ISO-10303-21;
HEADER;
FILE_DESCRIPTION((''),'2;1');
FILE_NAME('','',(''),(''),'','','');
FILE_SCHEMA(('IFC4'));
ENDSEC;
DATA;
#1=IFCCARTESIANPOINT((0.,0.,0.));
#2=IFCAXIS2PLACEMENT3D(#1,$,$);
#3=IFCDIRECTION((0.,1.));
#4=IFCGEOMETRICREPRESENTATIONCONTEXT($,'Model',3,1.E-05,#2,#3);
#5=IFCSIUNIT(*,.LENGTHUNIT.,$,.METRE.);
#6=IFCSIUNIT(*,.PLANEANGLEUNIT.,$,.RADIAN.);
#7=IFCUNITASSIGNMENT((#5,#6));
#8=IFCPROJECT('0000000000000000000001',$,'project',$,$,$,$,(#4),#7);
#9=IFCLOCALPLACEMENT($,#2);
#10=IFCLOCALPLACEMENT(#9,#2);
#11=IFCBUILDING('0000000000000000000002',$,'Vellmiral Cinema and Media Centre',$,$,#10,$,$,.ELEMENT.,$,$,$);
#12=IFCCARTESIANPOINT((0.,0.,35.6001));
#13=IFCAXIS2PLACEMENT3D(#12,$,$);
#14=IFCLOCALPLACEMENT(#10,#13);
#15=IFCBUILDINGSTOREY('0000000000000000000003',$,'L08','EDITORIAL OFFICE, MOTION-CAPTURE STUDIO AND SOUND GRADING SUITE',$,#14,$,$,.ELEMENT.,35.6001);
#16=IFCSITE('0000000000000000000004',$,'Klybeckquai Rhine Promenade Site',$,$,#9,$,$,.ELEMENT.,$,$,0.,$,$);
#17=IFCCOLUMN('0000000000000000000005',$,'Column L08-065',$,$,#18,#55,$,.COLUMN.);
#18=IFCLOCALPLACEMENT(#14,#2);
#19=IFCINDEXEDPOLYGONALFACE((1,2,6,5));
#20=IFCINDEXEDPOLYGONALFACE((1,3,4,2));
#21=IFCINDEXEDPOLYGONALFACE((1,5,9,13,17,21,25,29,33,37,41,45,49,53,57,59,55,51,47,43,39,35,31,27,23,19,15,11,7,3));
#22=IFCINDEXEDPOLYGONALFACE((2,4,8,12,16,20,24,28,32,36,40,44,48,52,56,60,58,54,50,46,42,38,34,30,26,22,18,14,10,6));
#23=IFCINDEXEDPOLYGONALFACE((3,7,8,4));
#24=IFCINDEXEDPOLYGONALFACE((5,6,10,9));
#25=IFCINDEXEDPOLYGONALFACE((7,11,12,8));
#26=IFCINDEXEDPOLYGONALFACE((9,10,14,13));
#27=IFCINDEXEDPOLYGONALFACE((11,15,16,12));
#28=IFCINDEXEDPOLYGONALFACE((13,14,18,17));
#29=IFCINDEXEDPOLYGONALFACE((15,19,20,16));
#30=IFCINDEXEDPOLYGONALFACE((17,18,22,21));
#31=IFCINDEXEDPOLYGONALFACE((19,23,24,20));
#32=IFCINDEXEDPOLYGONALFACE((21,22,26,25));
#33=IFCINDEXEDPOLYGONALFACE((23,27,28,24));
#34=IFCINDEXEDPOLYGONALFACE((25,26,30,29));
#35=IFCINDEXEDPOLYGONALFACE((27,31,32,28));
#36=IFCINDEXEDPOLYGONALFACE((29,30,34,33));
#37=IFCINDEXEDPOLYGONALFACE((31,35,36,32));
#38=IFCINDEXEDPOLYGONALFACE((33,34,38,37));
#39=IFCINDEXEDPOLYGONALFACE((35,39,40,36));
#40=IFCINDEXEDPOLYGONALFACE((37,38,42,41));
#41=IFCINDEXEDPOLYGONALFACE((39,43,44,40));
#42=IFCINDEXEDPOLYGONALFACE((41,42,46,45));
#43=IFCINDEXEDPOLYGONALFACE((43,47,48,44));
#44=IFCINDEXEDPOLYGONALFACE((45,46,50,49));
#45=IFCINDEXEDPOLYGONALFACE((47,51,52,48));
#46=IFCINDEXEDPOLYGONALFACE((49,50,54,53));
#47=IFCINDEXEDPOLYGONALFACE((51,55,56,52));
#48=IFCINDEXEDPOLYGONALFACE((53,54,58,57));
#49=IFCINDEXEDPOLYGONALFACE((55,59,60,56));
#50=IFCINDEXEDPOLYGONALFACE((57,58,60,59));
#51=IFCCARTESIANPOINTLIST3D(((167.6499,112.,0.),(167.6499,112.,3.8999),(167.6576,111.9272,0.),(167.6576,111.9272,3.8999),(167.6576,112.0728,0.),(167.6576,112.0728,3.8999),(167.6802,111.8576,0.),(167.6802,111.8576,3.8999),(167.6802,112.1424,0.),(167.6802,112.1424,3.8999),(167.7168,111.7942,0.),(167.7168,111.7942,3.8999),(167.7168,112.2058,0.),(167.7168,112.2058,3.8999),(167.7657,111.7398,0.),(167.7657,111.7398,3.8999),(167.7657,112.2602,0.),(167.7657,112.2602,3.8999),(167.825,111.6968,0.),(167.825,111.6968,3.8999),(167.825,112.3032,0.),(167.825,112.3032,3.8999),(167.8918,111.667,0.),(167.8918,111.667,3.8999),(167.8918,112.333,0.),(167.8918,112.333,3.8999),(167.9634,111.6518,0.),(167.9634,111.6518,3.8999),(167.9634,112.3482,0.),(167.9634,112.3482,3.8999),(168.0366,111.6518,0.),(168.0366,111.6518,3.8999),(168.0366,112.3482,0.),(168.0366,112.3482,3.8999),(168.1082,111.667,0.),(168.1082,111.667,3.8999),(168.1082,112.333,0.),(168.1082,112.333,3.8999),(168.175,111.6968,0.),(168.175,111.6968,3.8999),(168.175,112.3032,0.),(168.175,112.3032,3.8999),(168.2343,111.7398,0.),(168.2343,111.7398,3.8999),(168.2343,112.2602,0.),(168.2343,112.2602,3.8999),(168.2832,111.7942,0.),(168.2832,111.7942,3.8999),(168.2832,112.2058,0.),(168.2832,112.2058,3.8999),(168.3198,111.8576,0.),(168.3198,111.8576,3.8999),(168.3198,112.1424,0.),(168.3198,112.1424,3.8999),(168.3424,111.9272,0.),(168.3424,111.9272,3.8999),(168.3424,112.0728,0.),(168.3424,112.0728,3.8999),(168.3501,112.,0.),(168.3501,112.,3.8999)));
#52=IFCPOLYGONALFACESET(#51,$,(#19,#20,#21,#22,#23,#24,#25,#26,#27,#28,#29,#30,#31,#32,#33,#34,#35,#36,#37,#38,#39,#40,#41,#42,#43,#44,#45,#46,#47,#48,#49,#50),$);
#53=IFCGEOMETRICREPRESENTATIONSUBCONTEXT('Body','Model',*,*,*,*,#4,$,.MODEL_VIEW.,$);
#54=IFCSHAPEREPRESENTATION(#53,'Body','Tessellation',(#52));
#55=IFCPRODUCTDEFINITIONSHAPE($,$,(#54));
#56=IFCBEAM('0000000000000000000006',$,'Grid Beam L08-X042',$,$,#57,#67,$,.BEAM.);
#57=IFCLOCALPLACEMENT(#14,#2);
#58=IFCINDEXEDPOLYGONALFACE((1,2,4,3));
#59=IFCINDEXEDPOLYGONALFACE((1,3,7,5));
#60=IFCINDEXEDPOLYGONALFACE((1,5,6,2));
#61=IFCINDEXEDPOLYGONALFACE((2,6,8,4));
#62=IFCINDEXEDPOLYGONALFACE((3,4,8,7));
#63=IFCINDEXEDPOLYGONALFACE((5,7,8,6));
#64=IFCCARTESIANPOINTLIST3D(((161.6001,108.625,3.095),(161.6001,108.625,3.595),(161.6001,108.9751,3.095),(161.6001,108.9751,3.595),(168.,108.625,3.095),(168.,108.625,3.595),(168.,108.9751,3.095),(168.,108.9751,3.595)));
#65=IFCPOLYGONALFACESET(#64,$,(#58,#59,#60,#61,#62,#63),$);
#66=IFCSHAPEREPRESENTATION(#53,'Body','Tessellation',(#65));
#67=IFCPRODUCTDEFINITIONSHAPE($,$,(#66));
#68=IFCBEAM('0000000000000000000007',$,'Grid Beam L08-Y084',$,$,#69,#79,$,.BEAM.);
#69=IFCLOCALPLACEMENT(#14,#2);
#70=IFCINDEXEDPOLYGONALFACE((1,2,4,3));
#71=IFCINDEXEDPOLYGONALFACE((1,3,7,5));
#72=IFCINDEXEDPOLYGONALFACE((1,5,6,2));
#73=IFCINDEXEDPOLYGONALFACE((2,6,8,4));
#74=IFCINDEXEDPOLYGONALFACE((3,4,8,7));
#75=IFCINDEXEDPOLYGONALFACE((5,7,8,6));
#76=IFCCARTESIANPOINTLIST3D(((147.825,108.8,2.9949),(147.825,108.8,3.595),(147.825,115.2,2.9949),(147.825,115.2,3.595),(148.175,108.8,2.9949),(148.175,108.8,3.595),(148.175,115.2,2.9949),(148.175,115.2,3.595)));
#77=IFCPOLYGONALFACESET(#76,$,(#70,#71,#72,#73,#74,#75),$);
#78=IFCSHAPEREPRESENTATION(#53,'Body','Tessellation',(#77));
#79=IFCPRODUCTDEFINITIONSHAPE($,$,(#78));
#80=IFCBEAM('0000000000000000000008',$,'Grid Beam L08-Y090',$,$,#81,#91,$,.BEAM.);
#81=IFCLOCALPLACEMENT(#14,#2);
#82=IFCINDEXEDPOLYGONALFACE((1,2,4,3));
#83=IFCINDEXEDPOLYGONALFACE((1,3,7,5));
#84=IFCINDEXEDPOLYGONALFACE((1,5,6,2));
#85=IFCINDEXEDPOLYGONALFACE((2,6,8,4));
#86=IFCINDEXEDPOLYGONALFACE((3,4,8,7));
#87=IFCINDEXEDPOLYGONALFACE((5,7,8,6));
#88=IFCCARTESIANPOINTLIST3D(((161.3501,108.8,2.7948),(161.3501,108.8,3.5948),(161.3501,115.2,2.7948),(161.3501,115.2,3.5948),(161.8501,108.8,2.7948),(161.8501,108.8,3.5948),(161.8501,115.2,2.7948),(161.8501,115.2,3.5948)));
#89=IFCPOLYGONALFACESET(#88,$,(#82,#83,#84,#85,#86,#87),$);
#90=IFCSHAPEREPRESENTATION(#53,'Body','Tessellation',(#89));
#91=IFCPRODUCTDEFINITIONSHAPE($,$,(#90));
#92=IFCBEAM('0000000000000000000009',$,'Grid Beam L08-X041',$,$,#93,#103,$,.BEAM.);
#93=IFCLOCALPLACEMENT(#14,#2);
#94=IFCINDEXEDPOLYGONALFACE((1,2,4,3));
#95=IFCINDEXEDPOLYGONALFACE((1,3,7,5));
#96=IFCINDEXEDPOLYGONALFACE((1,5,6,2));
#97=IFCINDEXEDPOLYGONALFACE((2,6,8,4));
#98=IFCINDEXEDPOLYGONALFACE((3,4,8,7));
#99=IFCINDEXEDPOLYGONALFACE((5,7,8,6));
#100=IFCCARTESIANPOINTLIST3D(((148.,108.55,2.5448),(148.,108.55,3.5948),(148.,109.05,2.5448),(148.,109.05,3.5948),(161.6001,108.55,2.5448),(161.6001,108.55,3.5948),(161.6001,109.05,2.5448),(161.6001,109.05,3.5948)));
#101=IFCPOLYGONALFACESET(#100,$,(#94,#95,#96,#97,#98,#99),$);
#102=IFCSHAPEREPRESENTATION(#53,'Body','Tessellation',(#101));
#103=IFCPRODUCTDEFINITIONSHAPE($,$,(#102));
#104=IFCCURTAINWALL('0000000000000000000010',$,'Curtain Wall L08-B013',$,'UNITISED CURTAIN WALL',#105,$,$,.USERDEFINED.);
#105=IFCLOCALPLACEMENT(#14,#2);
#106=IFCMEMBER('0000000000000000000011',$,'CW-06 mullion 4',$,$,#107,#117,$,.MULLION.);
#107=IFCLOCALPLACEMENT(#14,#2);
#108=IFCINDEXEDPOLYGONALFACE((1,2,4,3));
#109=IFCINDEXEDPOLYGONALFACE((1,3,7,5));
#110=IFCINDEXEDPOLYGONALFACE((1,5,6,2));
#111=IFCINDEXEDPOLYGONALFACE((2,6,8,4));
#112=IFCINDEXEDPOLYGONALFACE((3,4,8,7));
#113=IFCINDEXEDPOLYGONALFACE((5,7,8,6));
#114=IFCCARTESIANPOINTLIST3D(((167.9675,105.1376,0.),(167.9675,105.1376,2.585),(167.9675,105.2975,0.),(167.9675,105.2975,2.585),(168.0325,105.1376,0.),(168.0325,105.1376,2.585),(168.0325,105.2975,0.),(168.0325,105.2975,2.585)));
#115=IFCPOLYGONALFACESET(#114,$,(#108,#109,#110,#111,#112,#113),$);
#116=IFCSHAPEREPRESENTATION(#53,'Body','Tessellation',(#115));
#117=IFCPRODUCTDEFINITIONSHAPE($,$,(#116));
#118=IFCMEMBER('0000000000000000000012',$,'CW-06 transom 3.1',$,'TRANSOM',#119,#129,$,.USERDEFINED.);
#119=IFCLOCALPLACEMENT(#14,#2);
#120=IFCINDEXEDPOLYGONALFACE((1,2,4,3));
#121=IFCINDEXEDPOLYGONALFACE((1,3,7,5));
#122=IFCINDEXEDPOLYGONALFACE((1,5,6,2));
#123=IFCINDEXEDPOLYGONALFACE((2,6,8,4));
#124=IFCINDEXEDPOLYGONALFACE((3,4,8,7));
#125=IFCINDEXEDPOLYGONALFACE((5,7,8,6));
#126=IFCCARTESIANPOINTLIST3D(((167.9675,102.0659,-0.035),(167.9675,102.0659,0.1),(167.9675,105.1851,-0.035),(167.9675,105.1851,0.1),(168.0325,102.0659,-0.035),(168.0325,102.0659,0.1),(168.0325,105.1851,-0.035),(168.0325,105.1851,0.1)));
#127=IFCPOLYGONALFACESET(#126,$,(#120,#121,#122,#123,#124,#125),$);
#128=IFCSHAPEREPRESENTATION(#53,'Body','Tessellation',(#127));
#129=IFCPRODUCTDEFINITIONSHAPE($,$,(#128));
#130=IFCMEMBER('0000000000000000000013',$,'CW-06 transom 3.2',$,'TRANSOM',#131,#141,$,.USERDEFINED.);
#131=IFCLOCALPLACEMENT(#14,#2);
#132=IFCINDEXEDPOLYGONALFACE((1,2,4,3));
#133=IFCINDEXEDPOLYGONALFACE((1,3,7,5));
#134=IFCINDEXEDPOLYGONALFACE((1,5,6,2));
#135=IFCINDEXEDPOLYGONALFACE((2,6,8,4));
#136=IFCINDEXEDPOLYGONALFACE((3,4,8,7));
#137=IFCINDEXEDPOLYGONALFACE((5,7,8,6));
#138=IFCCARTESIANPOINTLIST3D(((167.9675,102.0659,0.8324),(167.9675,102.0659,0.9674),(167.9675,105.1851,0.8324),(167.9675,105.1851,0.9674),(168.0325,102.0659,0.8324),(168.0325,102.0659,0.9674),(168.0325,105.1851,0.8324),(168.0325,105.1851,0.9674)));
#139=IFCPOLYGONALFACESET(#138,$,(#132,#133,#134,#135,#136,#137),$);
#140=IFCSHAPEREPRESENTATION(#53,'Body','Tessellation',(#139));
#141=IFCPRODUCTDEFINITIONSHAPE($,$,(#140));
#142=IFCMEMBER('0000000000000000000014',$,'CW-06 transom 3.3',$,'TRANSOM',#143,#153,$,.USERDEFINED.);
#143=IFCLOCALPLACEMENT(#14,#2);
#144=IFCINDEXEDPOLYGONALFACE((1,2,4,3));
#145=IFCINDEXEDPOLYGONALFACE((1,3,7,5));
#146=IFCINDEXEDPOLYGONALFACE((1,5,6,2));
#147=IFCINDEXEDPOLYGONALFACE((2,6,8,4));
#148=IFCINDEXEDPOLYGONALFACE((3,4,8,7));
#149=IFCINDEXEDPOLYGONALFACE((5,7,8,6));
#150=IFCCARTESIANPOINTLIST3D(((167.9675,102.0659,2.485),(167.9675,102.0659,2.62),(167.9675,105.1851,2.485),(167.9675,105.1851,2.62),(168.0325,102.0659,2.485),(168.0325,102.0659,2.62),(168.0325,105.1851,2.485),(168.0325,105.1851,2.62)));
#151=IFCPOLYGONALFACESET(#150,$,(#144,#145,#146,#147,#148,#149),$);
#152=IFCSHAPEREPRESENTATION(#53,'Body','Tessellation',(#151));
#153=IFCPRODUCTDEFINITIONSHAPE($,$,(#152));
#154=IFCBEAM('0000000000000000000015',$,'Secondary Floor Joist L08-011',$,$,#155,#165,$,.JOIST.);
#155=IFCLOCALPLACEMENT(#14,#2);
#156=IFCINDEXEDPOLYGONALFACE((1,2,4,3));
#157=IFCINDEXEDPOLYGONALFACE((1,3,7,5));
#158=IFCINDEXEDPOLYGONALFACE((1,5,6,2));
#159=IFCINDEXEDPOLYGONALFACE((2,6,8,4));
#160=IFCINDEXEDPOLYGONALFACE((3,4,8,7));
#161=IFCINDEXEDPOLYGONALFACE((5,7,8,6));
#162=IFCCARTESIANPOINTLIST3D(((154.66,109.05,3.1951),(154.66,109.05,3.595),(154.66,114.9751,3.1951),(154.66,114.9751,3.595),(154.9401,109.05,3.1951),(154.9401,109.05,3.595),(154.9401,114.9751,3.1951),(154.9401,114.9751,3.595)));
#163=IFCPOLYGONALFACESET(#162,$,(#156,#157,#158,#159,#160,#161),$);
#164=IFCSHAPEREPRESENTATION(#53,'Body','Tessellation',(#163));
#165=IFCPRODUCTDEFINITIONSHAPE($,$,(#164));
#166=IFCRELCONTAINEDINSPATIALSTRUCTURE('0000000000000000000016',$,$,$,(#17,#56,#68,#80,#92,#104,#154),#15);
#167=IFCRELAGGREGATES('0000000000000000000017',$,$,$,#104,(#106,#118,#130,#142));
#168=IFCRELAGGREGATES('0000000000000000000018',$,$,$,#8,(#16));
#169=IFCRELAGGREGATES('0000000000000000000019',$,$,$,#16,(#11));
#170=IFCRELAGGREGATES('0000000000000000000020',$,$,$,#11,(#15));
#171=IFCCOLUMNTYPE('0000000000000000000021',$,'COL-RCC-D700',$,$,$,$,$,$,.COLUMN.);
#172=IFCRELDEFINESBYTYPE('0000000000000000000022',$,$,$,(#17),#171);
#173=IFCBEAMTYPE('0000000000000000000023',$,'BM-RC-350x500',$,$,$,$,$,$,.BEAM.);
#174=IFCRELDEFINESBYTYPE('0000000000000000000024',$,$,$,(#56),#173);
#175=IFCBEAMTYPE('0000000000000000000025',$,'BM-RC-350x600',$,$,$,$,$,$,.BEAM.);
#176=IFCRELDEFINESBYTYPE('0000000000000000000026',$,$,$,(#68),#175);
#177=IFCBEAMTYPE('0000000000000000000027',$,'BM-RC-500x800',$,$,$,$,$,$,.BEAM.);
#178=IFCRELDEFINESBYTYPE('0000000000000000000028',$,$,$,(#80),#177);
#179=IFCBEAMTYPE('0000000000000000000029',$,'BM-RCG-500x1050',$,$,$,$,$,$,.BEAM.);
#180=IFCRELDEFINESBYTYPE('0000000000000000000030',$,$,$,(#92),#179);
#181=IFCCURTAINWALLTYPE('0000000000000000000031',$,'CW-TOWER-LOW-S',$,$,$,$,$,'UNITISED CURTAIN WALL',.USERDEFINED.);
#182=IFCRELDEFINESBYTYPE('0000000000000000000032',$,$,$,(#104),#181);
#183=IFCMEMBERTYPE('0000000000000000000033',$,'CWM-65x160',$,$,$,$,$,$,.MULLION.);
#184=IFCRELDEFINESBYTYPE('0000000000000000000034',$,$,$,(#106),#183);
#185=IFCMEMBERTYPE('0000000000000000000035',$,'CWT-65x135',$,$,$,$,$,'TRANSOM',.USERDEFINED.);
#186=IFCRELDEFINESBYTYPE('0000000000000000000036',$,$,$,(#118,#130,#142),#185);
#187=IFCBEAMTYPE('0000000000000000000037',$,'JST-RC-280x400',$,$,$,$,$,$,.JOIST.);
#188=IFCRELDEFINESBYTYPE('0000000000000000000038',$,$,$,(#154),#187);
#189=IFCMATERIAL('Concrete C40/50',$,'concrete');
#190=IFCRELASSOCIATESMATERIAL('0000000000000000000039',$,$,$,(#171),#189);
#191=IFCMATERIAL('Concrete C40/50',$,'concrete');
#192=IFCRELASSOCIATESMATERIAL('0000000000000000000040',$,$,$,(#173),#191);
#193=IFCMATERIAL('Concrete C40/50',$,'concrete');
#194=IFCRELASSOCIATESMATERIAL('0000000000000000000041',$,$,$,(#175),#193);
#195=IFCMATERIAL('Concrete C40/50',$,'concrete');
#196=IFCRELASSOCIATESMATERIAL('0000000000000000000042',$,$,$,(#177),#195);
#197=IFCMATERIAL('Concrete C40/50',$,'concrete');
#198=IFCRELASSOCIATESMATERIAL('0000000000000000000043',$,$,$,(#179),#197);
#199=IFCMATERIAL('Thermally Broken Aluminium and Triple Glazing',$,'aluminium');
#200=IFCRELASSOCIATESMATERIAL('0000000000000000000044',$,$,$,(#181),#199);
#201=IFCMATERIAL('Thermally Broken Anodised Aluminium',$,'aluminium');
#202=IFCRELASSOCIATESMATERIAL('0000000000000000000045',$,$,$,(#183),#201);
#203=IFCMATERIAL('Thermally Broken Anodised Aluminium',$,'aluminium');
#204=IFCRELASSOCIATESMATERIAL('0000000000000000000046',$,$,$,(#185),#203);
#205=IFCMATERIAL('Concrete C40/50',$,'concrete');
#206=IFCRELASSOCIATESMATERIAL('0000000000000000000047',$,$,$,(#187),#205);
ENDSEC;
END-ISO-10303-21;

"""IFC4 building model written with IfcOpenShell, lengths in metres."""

from ifc_helpers import new_model, si_unit, direction, frame, origin, origin_2d, place, context, subcontext, project, spatial, rectangle, circle, extrude, material, material_profile, profile_set, type_object, element, aggregate, save


model = new_model("IFC4")

# Units and contexts
model_context = context("Model", 3, precision=1e-05, world=origin(), true_north=direction((0.0, 1.0)))
body_context = subcontext(model_context, "Body", "Model", "MODEL_VIEW")
ifc_project = project(units=[si_unit("LENGTHUNIT", "METRE"), si_unit("PLANEANGLEUNIT", "RADIAN")], contexts=[model_context])

# Site, building, storey
site_placement = place(None, origin())
site = spatial("IfcSite", under=ifc_project, at=site_placement, Name="Klybeckquai Rhine Promenade Site", CompositionType="ELEMENT", RefElevation=0.0)
building_placement = place(site_placement, origin())
building = spatial("IfcBuilding", under=site, at=building_placement, Name="Vellmiral Cinema and Media Centre", CompositionType="ELEMENT")
storey_placement = place(building_placement, frame((0.0, 0.0, 35.6001)))
storey = spatial("IfcBuildingStorey", under=building, at=storey_placement, Name="L08", Description="EDITORIAL OFFICE, MOTION-CAPTURE STUDIO AND SOUND GRADING SUITE", CompositionType="ELEMENT", Elevation=35.6001)

# Column
ifc_material_1 = material(Name="Concrete C40/50", Category="concrete")
ifc_material_profile_1 = material_profile(ifc_material_1, circle(Radius=0.3501, at=origin_2d()), Name="RC D700")
ifc_profile_set_1 = profile_set([ifc_material_profile_1], Name="Concrete C40/50")
column_type_1 = type_object("IfcColumnType", Name="COL-RCC-D700", PredefinedType="COLUMN", material=ifc_profile_set_1)
for number, where, z_axis, x_axis, name in (
    (1, (168.0, 112.0, 0.0), (0.0, 0.0, 1.0), (1.0, 0.0, 0.0), "Column L08-065"),
):
    element("IfcColumn", number, at=place(storey_placement, frame(where, z_axis=z_axis, x_axis=x_axis)), inside=storey, type_object=column_type_1, Name=name, PredefinedType="COLUMN", context=body_context, shape_type="SweptSolid", body=[
        extrude(circle(Radius=0.3501, at=origin_2d()), origin(), (0.0, 0.0, 1.0), 3.8999),
    ])

# Beams
ifc_material_2 = material(Name="Concrete C40/50", Category="concrete")
ifc_material_profile_2 = material_profile(ifc_material_2, rectangle(XDim=0.3501, YDim=0.5, at=origin_2d()), Name="RC 350x500")
ifc_profile_set_2 = profile_set([ifc_material_profile_2], Name="Concrete C40/50")
beam_type_1 = type_object("IfcBeamType", Name="BM-RC-350x500", PredefinedType="BEAM", material=ifc_profile_set_2)
beam_1_placement = place(storey_placement, frame((161.6001, 108.8, 3.345), z_axis=(1.0, 0.0, 0.0), x_axis=(0.0, 1.0, 0.0)))
element("IfcBeam", 2, at=beam_1_placement, inside=storey, type_object=beam_type_1, Name="Grid Beam L08-X042", PredefinedType="BEAM", context=body_context, shape_type="SweptSolid", body=[
    extrude(rectangle(XDim=0.3501, YDim=0.5, at=origin_2d()), origin(), (0.0, 0.0, 1.0), 6.3999),
])
ifc_material_3 = material(Name="Concrete C40/50", Category="concrete")
ifc_material_profile_3 = material_profile(ifc_material_3, rectangle(XDim=0.3501, YDim=0.6001, at=origin_2d()), Name="RC 350x600")
ifc_profile_set_3 = profile_set([ifc_material_profile_3], Name="Concrete C40/50")
beam_type_2 = type_object("IfcBeamType", Name="BM-RC-350x600", PredefinedType="BEAM", material=ifc_profile_set_3)
beam_2_placement = place(storey_placement, frame((148.0, 108.8, 3.2949), z_axis=(0.0, 1.0, 0.0), x_axis=(-1.0, 0.0, 0.0)))
element("IfcBeam", 3, at=beam_2_placement, inside=storey, type_object=beam_type_2, Name="Grid Beam L08-Y084", PredefinedType="BEAM", context=body_context, shape_type="SweptSolid", body=[
    extrude(rectangle(XDim=0.3501, YDim=0.6001, at=origin_2d()), origin(), (0.0, 0.0, 1.0), 6.3999),
])
ifc_material_4 = material(Name="Concrete C40/50", Category="concrete")
ifc_material_profile_4 = material_profile(ifc_material_4, rectangle(XDim=0.5, YDim=0.8, at=origin_2d()), Name="RC 500x800")
ifc_profile_set_4 = profile_set([ifc_material_profile_4], Name="Concrete C40/50")
beam_type_3 = type_object("IfcBeamType", Name="BM-RC-500x800", PredefinedType="BEAM", material=ifc_profile_set_4)
beam_3_placement = place(storey_placement, frame((161.6001, 108.8, 3.1948), z_axis=(0.0, 1.0, 0.0), x_axis=(-1.0, 0.0, 0.0)))
element("IfcBeam", 4, at=beam_3_placement, inside=storey, type_object=beam_type_3, Name="Grid Beam L08-Y090", PredefinedType="BEAM", context=body_context, shape_type="SweptSolid", body=[
    extrude(rectangle(XDim=0.5, YDim=0.8, at=origin_2d()), origin(), (0.0, 0.0, 1.0), 6.3999),
])
ifc_material_5 = material(Name="Concrete C40/50", Category="concrete")
ifc_material_profile_5 = material_profile(ifc_material_5, rectangle(XDim=0.5, YDim=1.05, at=origin_2d()), Name="RC 500x1050")
ifc_profile_set_5 = profile_set([ifc_material_profile_5], Name="Concrete C40/50")
beam_type_4 = type_object("IfcBeamType", Name="BM-RCG-500x1050", PredefinedType="BEAM", material=ifc_profile_set_5)
beam_4_placement = place(storey_placement, frame((148.0, 108.8, 3.0698), z_axis=(1.0, 0.0, 0.0), x_axis=(0.0, 1.0, 0.0)))
element("IfcBeam", 5, at=beam_4_placement, inside=storey, type_object=beam_type_4, Name="Grid Beam L08-X041", PredefinedType="BEAM", context=body_context, shape_type="SweptSolid", body=[
    extrude(rectangle(XDim=0.5, YDim=1.05, at=origin_2d()), origin(), (0.0, 0.0, 1.0), 13.6001),
])

# Curtain wall, members
ifc_material_6 = material(Name="Thermally Broken Aluminium and Triple Glazing", Category="aluminium")
curtain_wall_type = type_object("IfcCurtainWallType", Name="CW-TOWER-LOW-S", ElementType="UNITISED CURTAIN WALL", PredefinedType="USERDEFINED", material=ifc_material_6)
curtain_wall_placement = place(storey_placement, origin())
curtain_wall = element("IfcCurtainWall", 6, at=curtain_wall_placement, inside=storey, type_object=curtain_wall_type, Name="Curtain Wall L08-B013", ObjectType="UNITISED CURTAIN WALL", PredefinedType="USERDEFINED")
ifc_material_7 = material(Name="Thermally Broken Anodised Aluminium", Category="aluminium")
ifc_material_profile_6 = material_profile(ifc_material_7, rectangle(XDim=0.0649, YDim=0.1599, at=origin_2d()), Name="MULL 65x160")
ifc_profile_set_6 = profile_set([ifc_material_profile_6], Name="Thermally Broken Anodised Aluminium")
member_type_1 = type_object("IfcMemberType", Name="CWM-65x160", PredefinedType="MULLION", material=ifc_profile_set_6)
member_1_placement = place(storey_placement, frame((168.0, 105.2175, 0.0), z_axis=(0.0, 0.0, 1.0), x_axis=(-1.0, 0.0, 0.0)))
member_1 = element("IfcMember", 7, at=member_1_placement, type_object=member_type_1, Name="CW-06 mullion 4", PredefinedType="MULLION", context=body_context, shape_type="SweptSolid", body=[
    extrude(rectangle(XDim=0.0649, YDim=0.1599, at=origin_2d()), origin(), (0.0, 0.0, 1.0), 2.585),
])
ifc_material_8 = material(Name="Thermally Broken Anodised Aluminium", Category="aluminium")
ifc_material_profile_7 = material_profile(ifc_material_8, rectangle(XDim=0.0649, YDim=0.135, at=origin_2d()), Name="MULL 65x135")
ifc_profile_set_7 = profile_set([ifc_material_profile_7], Name="Thermally Broken Anodised Aluminium")
member_type_2 = type_object("IfcMemberType", Name="CWT-65x135", ElementType="TRANSOM", PredefinedType="USERDEFINED", material=ifc_profile_set_7)
member_2_placement = place(storey_placement, frame((168.0, 102.0659, 0.0325), z_axis=(0.0, 1.0, 0.0), x_axis=(-1.0, 0.0, 0.0)))
member_2 = element("IfcMember", 8, at=member_2_placement, type_object=member_type_2, Name="CW-06 transom 3.1", ObjectType="TRANSOM", PredefinedType="USERDEFINED", context=body_context, shape_type="SweptSolid", body=[
    extrude(rectangle(XDim=0.0649, YDim=0.135, at=origin_2d()), origin(), (0.0, 0.0, 1.0), 3.1191),
])
member_3_placement = place(storey_placement, frame((168.0, 102.0659, 0.8999), z_axis=(0.0, 1.0, 0.0), x_axis=(-1.0, 0.0, 0.0)))
member_3 = element("IfcMember", 9, at=member_3_placement, type_object=member_type_2, Name="CW-06 transom 3.2", ObjectType="TRANSOM", PredefinedType="USERDEFINED", context=body_context, shape_type="SweptSolid", body=[
    extrude(rectangle(XDim=0.0649, YDim=0.135, at=origin_2d()), origin(), (0.0, 0.0, 1.0), 3.1191),
])
member_4_placement = place(storey_placement, frame((168.0, 102.0659, 2.5525), z_axis=(0.0, 1.0, 0.0), x_axis=(-1.0, 0.0, 0.0)))
member_4 = element("IfcMember", 10, at=member_4_placement, type_object=member_type_2, Name="CW-06 transom 3.3", ObjectType="TRANSOM", PredefinedType="USERDEFINED", context=body_context, shape_type="SweptSolid", body=[
    extrude(rectangle(XDim=0.0649, YDim=0.135, at=origin_2d()), origin(), (0.0, 0.0, 1.0), 3.1191),
])

# Beam
ifc_material_9 = material(Name="Concrete C40/50", Category="concrete")
ifc_material_profile_8 = material_profile(ifc_material_9, rectangle(XDim=0.28, YDim=0.3999, at=origin_2d()), Name="RC 280x400")
ifc_profile_set_8 = profile_set([ifc_material_profile_8], Name="Concrete C40/50")
beam_type_5 = type_object("IfcBeamType", Name="JST-RC-280x400", PredefinedType="JOIST", material=ifc_profile_set_8)
beam_5_placement = place(storey_placement, frame((154.8, 109.05, 3.395), z_axis=(0.0, 1.0, 0.0), x_axis=(-1.0, 0.0, 0.0)))
element("IfcBeam", 11, at=beam_5_placement, inside=storey, type_object=beam_type_5, Name="Secondary Floor Joist L08-011", PredefinedType="JOIST", context=body_context, shape_type="SweptSolid", body=[
    extrude(rectangle(XDim=0.28, YDim=0.3999, at=origin_2d()), origin(), (0.0, 0.0, 1.0), 5.925),
])

aggregate(curtain_wall, [member_1, member_2, member_3, member_4])

save(model, "model.ifc")
